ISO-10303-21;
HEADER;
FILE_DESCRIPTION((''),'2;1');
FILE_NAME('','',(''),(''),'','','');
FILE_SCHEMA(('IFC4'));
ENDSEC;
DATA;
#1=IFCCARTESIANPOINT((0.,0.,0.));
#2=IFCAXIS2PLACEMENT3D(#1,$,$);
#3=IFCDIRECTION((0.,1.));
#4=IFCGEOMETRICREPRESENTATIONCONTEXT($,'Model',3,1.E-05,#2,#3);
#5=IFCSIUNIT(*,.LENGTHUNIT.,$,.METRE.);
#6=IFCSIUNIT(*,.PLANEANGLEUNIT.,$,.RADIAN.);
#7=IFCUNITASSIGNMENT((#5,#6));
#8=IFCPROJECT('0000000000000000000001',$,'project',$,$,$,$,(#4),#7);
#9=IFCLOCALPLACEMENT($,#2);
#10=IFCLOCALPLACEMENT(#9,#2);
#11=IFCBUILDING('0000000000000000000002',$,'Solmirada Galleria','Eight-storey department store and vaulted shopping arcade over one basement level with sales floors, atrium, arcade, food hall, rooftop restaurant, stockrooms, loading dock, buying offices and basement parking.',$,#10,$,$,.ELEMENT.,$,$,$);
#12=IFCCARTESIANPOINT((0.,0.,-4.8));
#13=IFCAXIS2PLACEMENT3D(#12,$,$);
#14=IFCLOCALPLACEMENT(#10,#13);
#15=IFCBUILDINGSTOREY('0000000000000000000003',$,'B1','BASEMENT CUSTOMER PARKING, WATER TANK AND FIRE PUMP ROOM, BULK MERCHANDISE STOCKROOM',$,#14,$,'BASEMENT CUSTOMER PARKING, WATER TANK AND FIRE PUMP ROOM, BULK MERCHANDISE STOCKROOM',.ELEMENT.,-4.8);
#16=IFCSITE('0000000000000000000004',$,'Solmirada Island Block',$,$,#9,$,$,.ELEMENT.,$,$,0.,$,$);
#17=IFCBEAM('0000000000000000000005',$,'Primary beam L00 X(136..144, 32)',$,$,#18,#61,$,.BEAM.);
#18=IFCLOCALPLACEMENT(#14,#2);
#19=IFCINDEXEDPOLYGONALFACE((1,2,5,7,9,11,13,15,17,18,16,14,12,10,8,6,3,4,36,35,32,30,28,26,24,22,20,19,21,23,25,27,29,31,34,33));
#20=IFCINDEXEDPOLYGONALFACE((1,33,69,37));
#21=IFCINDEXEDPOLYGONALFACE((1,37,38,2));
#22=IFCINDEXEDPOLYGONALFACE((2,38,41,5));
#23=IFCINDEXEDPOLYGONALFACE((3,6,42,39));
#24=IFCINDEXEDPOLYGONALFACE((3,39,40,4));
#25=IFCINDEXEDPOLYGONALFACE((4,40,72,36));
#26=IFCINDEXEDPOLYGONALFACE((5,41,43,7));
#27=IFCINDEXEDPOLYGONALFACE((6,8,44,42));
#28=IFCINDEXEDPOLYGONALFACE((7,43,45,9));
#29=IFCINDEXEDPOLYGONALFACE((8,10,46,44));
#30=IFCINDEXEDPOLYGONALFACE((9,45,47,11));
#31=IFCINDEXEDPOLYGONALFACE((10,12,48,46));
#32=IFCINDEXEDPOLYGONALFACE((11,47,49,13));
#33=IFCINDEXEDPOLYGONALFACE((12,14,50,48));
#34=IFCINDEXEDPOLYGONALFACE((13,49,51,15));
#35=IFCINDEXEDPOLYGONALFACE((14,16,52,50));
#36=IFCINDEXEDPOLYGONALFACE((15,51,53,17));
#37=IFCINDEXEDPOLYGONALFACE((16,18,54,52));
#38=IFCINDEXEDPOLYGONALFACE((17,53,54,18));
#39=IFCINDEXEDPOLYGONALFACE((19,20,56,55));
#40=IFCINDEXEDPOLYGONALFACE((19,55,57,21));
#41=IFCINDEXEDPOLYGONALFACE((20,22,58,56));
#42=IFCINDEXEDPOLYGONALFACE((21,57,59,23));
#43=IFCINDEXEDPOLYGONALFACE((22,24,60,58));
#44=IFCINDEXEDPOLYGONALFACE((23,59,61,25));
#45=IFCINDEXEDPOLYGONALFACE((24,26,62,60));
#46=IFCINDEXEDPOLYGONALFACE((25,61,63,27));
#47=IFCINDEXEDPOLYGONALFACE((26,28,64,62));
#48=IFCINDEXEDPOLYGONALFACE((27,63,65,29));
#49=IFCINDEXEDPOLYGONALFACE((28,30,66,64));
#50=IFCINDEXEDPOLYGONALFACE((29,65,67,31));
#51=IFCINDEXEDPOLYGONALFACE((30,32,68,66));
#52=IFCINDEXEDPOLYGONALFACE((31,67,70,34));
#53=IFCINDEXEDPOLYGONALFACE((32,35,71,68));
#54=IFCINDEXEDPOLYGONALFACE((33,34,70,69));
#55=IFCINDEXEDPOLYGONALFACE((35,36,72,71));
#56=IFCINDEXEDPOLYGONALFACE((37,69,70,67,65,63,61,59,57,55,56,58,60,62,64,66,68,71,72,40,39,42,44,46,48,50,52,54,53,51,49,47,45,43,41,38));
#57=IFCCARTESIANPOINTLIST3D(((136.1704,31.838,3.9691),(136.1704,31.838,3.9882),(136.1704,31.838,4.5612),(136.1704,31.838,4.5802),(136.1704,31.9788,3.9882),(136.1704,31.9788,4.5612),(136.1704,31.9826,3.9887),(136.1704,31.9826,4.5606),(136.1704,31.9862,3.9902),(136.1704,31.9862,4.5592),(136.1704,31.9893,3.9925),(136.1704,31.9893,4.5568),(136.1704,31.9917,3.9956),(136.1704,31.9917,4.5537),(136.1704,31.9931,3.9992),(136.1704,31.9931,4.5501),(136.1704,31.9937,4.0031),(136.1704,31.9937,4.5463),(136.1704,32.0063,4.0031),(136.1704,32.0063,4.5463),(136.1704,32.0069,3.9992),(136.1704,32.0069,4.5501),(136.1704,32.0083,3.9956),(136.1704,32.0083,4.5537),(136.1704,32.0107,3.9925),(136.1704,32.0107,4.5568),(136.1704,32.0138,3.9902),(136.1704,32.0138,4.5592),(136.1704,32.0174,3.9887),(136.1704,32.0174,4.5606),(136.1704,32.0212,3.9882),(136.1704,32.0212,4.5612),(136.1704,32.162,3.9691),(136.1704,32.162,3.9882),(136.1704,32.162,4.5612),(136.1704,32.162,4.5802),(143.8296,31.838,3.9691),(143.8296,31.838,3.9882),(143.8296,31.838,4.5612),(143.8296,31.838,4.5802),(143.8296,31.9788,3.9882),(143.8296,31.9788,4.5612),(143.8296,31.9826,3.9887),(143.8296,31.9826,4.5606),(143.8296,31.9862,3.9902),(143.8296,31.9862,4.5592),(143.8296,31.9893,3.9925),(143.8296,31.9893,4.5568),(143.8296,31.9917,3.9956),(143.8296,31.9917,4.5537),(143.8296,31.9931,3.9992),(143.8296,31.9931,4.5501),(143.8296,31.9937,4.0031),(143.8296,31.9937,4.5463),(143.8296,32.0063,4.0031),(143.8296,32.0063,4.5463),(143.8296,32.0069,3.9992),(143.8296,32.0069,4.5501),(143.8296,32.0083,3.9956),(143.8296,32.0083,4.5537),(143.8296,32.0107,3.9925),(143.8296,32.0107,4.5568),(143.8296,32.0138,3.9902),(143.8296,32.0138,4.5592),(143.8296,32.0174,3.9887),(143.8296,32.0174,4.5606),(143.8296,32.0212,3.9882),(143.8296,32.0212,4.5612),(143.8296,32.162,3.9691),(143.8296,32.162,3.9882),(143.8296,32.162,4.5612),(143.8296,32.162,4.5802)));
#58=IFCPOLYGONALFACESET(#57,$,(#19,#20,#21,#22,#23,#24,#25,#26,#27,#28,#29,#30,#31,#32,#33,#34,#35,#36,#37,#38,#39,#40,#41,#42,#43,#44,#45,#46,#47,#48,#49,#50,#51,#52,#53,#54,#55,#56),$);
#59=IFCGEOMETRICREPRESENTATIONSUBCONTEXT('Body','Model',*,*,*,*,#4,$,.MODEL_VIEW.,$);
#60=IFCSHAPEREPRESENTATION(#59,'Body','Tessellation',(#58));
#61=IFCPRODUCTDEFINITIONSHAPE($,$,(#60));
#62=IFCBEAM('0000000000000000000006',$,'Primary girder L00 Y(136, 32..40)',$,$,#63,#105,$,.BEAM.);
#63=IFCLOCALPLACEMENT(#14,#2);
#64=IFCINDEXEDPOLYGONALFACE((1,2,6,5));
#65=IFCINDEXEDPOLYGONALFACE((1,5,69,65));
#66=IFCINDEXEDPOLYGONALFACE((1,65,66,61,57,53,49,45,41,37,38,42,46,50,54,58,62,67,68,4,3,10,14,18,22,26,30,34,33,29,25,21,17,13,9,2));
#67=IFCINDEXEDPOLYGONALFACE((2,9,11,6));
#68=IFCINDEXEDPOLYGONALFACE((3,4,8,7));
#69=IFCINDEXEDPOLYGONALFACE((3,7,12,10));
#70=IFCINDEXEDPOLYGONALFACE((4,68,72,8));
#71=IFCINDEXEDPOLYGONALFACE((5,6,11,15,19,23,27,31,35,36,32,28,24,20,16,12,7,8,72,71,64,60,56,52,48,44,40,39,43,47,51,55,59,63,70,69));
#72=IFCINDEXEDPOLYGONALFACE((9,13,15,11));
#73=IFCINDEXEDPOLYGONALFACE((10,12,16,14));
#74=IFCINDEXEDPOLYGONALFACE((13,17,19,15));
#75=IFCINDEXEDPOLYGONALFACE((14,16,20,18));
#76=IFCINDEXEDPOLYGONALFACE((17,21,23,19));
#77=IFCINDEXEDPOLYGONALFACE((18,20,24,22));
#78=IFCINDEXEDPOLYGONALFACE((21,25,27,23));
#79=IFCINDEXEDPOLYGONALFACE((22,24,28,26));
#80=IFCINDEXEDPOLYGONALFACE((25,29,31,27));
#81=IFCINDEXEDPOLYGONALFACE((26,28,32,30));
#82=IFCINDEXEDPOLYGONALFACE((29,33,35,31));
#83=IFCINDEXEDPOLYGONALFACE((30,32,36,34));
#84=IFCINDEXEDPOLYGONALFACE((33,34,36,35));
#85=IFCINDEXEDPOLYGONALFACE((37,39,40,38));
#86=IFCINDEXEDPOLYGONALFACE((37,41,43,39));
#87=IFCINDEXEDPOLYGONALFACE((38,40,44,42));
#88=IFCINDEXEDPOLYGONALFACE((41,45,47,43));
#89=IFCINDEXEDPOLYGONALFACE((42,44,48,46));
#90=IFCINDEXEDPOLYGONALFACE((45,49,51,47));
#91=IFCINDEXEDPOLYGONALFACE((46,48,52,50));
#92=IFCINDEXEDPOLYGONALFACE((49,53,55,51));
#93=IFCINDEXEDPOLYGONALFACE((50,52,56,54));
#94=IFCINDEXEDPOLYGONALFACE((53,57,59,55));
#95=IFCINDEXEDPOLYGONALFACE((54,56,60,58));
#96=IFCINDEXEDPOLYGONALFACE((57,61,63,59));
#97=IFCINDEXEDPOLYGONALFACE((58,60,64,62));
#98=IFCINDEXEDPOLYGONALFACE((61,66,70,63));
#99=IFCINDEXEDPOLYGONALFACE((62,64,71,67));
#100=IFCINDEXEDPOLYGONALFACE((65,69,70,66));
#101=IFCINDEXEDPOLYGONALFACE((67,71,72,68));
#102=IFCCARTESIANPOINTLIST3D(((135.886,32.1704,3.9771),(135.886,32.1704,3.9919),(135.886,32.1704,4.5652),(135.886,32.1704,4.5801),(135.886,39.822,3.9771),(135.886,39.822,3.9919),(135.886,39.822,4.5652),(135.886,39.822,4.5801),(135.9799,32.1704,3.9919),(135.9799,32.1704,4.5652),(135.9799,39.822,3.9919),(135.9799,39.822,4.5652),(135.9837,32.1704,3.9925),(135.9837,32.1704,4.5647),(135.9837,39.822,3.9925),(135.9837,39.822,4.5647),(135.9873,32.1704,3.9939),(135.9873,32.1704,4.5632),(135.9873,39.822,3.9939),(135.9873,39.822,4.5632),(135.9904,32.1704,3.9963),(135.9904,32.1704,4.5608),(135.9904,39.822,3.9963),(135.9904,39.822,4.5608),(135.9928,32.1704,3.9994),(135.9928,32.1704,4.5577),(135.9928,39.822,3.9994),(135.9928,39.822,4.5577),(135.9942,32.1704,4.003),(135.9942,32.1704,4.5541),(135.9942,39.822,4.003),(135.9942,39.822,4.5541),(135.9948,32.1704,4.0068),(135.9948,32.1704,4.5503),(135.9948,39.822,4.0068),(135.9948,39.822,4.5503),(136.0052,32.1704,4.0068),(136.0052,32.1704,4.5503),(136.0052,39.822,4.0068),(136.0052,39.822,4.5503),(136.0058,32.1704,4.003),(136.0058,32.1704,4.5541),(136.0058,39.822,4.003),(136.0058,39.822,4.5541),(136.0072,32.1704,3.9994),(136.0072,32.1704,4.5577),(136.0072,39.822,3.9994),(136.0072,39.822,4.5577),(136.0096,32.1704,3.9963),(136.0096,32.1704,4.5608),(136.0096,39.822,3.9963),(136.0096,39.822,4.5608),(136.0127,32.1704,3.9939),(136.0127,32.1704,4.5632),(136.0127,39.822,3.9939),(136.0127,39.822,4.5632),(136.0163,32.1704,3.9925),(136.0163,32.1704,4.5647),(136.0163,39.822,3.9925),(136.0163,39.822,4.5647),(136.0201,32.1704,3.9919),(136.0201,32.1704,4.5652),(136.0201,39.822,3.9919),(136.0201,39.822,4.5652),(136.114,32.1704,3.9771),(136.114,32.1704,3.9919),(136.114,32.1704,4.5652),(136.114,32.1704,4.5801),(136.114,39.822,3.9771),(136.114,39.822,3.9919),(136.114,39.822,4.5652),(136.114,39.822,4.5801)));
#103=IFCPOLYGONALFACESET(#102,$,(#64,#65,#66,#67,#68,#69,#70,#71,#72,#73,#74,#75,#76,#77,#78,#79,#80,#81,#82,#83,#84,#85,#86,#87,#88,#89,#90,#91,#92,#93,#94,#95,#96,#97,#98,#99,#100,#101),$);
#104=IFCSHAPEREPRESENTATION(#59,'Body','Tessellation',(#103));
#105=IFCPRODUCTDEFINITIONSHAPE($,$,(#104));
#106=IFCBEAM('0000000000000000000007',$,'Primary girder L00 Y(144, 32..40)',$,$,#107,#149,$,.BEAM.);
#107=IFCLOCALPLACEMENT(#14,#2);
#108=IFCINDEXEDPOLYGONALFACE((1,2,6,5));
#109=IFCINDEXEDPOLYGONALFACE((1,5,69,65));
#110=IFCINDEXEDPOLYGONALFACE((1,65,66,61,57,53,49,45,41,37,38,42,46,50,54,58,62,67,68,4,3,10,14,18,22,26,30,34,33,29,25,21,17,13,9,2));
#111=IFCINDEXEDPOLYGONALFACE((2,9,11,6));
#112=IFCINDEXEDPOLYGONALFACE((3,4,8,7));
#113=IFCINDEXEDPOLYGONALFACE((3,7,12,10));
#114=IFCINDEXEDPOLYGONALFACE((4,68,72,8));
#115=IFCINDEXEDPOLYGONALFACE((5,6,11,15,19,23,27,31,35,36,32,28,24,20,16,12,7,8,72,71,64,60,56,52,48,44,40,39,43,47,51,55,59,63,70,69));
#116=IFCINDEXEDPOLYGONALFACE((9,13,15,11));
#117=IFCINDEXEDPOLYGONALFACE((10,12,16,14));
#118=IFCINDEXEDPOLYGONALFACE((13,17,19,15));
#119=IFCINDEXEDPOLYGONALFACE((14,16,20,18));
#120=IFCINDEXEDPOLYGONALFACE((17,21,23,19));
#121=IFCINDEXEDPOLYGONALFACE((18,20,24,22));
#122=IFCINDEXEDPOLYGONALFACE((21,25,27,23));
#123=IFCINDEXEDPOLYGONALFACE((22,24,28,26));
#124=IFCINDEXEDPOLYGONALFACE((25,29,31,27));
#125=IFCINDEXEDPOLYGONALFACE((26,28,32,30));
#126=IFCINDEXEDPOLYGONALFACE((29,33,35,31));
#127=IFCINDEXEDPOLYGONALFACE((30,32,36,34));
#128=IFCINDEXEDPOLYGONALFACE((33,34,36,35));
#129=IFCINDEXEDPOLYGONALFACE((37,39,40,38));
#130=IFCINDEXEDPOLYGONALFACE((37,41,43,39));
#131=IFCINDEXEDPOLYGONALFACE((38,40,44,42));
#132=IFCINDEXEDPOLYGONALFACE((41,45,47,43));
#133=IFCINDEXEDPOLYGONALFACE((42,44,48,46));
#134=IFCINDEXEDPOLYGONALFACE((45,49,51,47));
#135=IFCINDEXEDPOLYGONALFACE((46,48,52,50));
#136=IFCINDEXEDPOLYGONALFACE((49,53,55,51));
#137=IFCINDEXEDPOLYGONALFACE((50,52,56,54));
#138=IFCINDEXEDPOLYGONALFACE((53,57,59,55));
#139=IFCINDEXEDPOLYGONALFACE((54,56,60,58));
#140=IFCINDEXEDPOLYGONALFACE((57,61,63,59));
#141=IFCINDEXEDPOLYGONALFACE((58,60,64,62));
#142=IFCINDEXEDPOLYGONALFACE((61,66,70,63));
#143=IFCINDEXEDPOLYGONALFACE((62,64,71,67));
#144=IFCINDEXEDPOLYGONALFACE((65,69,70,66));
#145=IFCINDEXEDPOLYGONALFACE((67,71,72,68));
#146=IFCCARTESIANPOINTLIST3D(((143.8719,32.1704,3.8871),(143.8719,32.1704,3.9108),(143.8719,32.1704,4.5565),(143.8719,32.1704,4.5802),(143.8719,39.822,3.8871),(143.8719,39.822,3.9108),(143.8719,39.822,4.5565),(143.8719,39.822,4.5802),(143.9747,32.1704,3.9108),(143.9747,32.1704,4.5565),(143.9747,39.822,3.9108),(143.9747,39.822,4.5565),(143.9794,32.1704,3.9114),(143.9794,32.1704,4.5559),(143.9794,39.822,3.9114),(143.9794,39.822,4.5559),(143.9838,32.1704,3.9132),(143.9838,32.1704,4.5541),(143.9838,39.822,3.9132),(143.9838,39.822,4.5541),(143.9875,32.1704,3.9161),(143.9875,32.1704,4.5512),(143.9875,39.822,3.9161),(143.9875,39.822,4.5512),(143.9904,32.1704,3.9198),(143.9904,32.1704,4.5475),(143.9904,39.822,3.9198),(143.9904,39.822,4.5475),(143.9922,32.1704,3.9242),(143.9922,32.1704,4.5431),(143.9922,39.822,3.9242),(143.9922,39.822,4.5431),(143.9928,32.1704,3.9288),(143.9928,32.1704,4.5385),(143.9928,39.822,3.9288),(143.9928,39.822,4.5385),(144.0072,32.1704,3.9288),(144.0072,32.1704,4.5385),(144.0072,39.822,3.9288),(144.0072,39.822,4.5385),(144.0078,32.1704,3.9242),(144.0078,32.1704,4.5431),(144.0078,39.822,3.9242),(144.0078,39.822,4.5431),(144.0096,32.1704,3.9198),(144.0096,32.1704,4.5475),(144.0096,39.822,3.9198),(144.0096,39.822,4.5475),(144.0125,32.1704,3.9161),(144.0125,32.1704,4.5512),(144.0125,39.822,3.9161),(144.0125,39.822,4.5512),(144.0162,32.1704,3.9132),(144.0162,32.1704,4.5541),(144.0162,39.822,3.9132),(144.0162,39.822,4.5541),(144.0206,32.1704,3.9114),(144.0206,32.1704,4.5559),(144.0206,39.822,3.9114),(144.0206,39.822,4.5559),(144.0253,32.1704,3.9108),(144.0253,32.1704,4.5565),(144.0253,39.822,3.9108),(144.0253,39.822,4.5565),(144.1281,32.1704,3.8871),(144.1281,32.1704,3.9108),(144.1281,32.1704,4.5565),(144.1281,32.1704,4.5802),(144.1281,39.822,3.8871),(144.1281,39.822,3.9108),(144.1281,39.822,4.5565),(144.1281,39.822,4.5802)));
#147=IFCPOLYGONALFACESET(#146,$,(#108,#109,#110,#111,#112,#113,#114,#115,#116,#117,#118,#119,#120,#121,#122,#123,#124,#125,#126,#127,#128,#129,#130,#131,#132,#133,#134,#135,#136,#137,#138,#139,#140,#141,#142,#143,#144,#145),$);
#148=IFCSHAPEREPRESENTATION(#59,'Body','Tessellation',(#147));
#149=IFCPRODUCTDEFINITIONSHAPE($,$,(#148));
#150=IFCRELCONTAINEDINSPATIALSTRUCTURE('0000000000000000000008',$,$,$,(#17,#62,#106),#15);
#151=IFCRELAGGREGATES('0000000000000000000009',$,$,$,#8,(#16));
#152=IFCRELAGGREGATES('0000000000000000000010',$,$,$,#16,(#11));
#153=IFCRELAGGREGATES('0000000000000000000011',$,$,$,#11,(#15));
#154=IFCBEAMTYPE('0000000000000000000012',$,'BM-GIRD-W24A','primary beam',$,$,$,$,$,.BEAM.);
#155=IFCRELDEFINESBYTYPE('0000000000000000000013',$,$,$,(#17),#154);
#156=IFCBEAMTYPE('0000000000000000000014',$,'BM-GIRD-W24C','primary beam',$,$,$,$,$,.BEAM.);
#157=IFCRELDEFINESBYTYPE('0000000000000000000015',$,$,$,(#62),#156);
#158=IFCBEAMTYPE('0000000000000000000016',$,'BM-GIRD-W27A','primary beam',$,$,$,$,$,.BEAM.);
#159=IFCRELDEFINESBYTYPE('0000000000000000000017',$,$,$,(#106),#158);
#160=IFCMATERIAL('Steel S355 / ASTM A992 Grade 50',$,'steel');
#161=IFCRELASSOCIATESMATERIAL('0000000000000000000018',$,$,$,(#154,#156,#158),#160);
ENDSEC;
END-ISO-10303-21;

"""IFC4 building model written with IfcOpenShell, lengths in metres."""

from ifc_helpers import new_model, si_unit, direction, frame, origin, origin_2d, place, context, subcontext, project, spatial, i_section, extrude, material, material_profile, profile_set, type_object, element, save


model = new_model("IFC4")

# Units and contexts
model_context = context("Model", 3, precision=1e-05, world=origin(), true_north=direction((0.0, 1.0)))
body_context = subcontext(model_context, "Body", "Model", "MODEL_VIEW")
ifc_project = project(units=[si_unit("LENGTHUNIT", "METRE"), si_unit("PLANEANGLEUNIT", "RADIAN")], contexts=[model_context])

# Site, building, storey
site_placement = place(None, origin())
site = spatial("IfcSite", under=ifc_project, at=site_placement, Name="Solmirada Island Block", CompositionType="ELEMENT", RefElevation=0.0)
building_placement = place(site_placement, origin())
building = spatial("IfcBuilding", under=site, at=building_placement, Name="Solmirada Galleria", Description="Eight-storey department store and vaulted shopping arcade over one basement level with sales floors, atrium, arcade, food hall, rooftop restaurant, stockrooms, loading dock, buying offices and basement parking.", CompositionType="ELEMENT")
storey_placement = place(building_placement, frame((0.0, 0.0, -4.8)))
storey = spatial("IfcBuildingStorey", under=building, at=storey_placement, Name="B1", Description="BASEMENT CUSTOMER PARKING, WATER TANK AND FIRE PUMP ROOM, BULK MERCHANDISE STOCKROOM", LongName="BASEMENT CUSTOMER PARKING, WATER TANK AND FIRE PUMP ROOM, BULK MERCHANDISE STOCKROOM", CompositionType="ELEMENT", Elevation=-4.8)

# Beams
ifc_material_1 = material(Name="Steel S355 / ASTM A992 Grade 50", Category="steel")
ifc_material_profile_1 = material_profile(ifc_material_1, i_section(OverallWidth=0.324, OverallDepth=0.6111, WebThickness=0.0127, FlangeThickness=0.019, FilletRadius=0.0149, at=origin_2d()), Name="W24X104")
ifc_profile_set_1 = profile_set([ifc_material_profile_1], Name="Steel S355 / ASTM A992 Grade 50")
beam_type_1 = type_object("IfcBeamType", Name="BM-GIRD-W24A", Description="primary beam", PredefinedType="BEAM", material=ifc_profile_set_1)
for number, where, z_axis, x_axis, name in (
    (1, (136.1704, 32.0, 4.2747), (1.0, 0.0, 0.0), (0.0, 1.0, 0.0), "Primary beam L00 X(136..144, 32)"),
):
    element("IfcBeam", number, at=place(storey_placement, frame(where, z_axis=z_axis, x_axis=x_axis)), inside=storey, type_object=beam_type_1, Name=name, PredefinedType="BEAM", context=body_context, shape_type="SweptSolid", body=[
        extrude(i_section(OverallWidth=0.324, OverallDepth=0.6111, WebThickness=0.0127, FlangeThickness=0.019, FilletRadius=0.0149, at=origin_2d()), origin(), (0.0, 0.0, 1.0), 7.6592),
    ])
ifc_material_profile_2 = material_profile(ifc_material_1, i_section(OverallWidth=0.228, OverallDepth=0.603, WebThickness=0.0105, FlangeThickness=0.0149, FilletRadius=0.0149, at=origin_2d()), Name="W24X68")
ifc_profile_set_2 = profile_set([ifc_material_profile_2], Name="Steel S355 / ASTM A992 Grade 50")
beam_type_2 = type_object("IfcBeamType", Name="BM-GIRD-W24C", Description="primary beam", PredefinedType="BEAM", material=ifc_profile_set_2)
beam_1_placement = place(storey_placement, frame((136.0, 32.1704, 4.2786), z_axis=(0.0, 1.0, 0.0), x_axis=(-1.0, 0.0, 0.0)))
element("IfcBeam", 2, at=beam_1_placement, inside=storey, type_object=beam_type_2, Name="Primary girder L00 Y(136, 32..40)", PredefinedType="BEAM", context=body_context, shape_type="SweptSolid", body=[
    extrude(i_section(OverallWidth=0.228, OverallDepth=0.603, WebThickness=0.0105, FlangeThickness=0.0149, FilletRadius=0.0149, at=origin_2d()), origin(), (0.0, 0.0, 1.0), 7.6516),
])
ifc_material_profile_3 = material_profile(ifc_material_1, i_section(OverallWidth=0.2561, OverallDepth=0.6931, WebThickness=0.0144, FlangeThickness=0.0237, FilletRadius=0.0181, at=origin_2d()), Name="W27X114")
ifc_profile_set_3 = profile_set([ifc_material_profile_3], Name="Steel S355 / ASTM A992 Grade 50")
beam_type_3 = type_object("IfcBeamType", Name="BM-GIRD-W27A", Description="primary beam", PredefinedType="BEAM", material=ifc_profile_set_3)
beam_2_placement = place(storey_placement, frame((144.0, 32.1704, 4.2336), z_axis=(0.0, 1.0, 0.0), x_axis=(-1.0, 0.0, 0.0)))
element("IfcBeam", 3, at=beam_2_placement, inside=storey, type_object=beam_type_3, Name="Primary girder L00 Y(144, 32..40)", PredefinedType="BEAM", context=body_context, shape_type="SweptSolid", body=[
    extrude(i_section(OverallWidth=0.2561, OverallDepth=0.6931, WebThickness=0.0144, FlangeThickness=0.0237, FilletRadius=0.0181, at=origin_2d()), origin(), (0.0, 0.0, 1.0), 7.6516),
])

save(model, "model.ifc")
